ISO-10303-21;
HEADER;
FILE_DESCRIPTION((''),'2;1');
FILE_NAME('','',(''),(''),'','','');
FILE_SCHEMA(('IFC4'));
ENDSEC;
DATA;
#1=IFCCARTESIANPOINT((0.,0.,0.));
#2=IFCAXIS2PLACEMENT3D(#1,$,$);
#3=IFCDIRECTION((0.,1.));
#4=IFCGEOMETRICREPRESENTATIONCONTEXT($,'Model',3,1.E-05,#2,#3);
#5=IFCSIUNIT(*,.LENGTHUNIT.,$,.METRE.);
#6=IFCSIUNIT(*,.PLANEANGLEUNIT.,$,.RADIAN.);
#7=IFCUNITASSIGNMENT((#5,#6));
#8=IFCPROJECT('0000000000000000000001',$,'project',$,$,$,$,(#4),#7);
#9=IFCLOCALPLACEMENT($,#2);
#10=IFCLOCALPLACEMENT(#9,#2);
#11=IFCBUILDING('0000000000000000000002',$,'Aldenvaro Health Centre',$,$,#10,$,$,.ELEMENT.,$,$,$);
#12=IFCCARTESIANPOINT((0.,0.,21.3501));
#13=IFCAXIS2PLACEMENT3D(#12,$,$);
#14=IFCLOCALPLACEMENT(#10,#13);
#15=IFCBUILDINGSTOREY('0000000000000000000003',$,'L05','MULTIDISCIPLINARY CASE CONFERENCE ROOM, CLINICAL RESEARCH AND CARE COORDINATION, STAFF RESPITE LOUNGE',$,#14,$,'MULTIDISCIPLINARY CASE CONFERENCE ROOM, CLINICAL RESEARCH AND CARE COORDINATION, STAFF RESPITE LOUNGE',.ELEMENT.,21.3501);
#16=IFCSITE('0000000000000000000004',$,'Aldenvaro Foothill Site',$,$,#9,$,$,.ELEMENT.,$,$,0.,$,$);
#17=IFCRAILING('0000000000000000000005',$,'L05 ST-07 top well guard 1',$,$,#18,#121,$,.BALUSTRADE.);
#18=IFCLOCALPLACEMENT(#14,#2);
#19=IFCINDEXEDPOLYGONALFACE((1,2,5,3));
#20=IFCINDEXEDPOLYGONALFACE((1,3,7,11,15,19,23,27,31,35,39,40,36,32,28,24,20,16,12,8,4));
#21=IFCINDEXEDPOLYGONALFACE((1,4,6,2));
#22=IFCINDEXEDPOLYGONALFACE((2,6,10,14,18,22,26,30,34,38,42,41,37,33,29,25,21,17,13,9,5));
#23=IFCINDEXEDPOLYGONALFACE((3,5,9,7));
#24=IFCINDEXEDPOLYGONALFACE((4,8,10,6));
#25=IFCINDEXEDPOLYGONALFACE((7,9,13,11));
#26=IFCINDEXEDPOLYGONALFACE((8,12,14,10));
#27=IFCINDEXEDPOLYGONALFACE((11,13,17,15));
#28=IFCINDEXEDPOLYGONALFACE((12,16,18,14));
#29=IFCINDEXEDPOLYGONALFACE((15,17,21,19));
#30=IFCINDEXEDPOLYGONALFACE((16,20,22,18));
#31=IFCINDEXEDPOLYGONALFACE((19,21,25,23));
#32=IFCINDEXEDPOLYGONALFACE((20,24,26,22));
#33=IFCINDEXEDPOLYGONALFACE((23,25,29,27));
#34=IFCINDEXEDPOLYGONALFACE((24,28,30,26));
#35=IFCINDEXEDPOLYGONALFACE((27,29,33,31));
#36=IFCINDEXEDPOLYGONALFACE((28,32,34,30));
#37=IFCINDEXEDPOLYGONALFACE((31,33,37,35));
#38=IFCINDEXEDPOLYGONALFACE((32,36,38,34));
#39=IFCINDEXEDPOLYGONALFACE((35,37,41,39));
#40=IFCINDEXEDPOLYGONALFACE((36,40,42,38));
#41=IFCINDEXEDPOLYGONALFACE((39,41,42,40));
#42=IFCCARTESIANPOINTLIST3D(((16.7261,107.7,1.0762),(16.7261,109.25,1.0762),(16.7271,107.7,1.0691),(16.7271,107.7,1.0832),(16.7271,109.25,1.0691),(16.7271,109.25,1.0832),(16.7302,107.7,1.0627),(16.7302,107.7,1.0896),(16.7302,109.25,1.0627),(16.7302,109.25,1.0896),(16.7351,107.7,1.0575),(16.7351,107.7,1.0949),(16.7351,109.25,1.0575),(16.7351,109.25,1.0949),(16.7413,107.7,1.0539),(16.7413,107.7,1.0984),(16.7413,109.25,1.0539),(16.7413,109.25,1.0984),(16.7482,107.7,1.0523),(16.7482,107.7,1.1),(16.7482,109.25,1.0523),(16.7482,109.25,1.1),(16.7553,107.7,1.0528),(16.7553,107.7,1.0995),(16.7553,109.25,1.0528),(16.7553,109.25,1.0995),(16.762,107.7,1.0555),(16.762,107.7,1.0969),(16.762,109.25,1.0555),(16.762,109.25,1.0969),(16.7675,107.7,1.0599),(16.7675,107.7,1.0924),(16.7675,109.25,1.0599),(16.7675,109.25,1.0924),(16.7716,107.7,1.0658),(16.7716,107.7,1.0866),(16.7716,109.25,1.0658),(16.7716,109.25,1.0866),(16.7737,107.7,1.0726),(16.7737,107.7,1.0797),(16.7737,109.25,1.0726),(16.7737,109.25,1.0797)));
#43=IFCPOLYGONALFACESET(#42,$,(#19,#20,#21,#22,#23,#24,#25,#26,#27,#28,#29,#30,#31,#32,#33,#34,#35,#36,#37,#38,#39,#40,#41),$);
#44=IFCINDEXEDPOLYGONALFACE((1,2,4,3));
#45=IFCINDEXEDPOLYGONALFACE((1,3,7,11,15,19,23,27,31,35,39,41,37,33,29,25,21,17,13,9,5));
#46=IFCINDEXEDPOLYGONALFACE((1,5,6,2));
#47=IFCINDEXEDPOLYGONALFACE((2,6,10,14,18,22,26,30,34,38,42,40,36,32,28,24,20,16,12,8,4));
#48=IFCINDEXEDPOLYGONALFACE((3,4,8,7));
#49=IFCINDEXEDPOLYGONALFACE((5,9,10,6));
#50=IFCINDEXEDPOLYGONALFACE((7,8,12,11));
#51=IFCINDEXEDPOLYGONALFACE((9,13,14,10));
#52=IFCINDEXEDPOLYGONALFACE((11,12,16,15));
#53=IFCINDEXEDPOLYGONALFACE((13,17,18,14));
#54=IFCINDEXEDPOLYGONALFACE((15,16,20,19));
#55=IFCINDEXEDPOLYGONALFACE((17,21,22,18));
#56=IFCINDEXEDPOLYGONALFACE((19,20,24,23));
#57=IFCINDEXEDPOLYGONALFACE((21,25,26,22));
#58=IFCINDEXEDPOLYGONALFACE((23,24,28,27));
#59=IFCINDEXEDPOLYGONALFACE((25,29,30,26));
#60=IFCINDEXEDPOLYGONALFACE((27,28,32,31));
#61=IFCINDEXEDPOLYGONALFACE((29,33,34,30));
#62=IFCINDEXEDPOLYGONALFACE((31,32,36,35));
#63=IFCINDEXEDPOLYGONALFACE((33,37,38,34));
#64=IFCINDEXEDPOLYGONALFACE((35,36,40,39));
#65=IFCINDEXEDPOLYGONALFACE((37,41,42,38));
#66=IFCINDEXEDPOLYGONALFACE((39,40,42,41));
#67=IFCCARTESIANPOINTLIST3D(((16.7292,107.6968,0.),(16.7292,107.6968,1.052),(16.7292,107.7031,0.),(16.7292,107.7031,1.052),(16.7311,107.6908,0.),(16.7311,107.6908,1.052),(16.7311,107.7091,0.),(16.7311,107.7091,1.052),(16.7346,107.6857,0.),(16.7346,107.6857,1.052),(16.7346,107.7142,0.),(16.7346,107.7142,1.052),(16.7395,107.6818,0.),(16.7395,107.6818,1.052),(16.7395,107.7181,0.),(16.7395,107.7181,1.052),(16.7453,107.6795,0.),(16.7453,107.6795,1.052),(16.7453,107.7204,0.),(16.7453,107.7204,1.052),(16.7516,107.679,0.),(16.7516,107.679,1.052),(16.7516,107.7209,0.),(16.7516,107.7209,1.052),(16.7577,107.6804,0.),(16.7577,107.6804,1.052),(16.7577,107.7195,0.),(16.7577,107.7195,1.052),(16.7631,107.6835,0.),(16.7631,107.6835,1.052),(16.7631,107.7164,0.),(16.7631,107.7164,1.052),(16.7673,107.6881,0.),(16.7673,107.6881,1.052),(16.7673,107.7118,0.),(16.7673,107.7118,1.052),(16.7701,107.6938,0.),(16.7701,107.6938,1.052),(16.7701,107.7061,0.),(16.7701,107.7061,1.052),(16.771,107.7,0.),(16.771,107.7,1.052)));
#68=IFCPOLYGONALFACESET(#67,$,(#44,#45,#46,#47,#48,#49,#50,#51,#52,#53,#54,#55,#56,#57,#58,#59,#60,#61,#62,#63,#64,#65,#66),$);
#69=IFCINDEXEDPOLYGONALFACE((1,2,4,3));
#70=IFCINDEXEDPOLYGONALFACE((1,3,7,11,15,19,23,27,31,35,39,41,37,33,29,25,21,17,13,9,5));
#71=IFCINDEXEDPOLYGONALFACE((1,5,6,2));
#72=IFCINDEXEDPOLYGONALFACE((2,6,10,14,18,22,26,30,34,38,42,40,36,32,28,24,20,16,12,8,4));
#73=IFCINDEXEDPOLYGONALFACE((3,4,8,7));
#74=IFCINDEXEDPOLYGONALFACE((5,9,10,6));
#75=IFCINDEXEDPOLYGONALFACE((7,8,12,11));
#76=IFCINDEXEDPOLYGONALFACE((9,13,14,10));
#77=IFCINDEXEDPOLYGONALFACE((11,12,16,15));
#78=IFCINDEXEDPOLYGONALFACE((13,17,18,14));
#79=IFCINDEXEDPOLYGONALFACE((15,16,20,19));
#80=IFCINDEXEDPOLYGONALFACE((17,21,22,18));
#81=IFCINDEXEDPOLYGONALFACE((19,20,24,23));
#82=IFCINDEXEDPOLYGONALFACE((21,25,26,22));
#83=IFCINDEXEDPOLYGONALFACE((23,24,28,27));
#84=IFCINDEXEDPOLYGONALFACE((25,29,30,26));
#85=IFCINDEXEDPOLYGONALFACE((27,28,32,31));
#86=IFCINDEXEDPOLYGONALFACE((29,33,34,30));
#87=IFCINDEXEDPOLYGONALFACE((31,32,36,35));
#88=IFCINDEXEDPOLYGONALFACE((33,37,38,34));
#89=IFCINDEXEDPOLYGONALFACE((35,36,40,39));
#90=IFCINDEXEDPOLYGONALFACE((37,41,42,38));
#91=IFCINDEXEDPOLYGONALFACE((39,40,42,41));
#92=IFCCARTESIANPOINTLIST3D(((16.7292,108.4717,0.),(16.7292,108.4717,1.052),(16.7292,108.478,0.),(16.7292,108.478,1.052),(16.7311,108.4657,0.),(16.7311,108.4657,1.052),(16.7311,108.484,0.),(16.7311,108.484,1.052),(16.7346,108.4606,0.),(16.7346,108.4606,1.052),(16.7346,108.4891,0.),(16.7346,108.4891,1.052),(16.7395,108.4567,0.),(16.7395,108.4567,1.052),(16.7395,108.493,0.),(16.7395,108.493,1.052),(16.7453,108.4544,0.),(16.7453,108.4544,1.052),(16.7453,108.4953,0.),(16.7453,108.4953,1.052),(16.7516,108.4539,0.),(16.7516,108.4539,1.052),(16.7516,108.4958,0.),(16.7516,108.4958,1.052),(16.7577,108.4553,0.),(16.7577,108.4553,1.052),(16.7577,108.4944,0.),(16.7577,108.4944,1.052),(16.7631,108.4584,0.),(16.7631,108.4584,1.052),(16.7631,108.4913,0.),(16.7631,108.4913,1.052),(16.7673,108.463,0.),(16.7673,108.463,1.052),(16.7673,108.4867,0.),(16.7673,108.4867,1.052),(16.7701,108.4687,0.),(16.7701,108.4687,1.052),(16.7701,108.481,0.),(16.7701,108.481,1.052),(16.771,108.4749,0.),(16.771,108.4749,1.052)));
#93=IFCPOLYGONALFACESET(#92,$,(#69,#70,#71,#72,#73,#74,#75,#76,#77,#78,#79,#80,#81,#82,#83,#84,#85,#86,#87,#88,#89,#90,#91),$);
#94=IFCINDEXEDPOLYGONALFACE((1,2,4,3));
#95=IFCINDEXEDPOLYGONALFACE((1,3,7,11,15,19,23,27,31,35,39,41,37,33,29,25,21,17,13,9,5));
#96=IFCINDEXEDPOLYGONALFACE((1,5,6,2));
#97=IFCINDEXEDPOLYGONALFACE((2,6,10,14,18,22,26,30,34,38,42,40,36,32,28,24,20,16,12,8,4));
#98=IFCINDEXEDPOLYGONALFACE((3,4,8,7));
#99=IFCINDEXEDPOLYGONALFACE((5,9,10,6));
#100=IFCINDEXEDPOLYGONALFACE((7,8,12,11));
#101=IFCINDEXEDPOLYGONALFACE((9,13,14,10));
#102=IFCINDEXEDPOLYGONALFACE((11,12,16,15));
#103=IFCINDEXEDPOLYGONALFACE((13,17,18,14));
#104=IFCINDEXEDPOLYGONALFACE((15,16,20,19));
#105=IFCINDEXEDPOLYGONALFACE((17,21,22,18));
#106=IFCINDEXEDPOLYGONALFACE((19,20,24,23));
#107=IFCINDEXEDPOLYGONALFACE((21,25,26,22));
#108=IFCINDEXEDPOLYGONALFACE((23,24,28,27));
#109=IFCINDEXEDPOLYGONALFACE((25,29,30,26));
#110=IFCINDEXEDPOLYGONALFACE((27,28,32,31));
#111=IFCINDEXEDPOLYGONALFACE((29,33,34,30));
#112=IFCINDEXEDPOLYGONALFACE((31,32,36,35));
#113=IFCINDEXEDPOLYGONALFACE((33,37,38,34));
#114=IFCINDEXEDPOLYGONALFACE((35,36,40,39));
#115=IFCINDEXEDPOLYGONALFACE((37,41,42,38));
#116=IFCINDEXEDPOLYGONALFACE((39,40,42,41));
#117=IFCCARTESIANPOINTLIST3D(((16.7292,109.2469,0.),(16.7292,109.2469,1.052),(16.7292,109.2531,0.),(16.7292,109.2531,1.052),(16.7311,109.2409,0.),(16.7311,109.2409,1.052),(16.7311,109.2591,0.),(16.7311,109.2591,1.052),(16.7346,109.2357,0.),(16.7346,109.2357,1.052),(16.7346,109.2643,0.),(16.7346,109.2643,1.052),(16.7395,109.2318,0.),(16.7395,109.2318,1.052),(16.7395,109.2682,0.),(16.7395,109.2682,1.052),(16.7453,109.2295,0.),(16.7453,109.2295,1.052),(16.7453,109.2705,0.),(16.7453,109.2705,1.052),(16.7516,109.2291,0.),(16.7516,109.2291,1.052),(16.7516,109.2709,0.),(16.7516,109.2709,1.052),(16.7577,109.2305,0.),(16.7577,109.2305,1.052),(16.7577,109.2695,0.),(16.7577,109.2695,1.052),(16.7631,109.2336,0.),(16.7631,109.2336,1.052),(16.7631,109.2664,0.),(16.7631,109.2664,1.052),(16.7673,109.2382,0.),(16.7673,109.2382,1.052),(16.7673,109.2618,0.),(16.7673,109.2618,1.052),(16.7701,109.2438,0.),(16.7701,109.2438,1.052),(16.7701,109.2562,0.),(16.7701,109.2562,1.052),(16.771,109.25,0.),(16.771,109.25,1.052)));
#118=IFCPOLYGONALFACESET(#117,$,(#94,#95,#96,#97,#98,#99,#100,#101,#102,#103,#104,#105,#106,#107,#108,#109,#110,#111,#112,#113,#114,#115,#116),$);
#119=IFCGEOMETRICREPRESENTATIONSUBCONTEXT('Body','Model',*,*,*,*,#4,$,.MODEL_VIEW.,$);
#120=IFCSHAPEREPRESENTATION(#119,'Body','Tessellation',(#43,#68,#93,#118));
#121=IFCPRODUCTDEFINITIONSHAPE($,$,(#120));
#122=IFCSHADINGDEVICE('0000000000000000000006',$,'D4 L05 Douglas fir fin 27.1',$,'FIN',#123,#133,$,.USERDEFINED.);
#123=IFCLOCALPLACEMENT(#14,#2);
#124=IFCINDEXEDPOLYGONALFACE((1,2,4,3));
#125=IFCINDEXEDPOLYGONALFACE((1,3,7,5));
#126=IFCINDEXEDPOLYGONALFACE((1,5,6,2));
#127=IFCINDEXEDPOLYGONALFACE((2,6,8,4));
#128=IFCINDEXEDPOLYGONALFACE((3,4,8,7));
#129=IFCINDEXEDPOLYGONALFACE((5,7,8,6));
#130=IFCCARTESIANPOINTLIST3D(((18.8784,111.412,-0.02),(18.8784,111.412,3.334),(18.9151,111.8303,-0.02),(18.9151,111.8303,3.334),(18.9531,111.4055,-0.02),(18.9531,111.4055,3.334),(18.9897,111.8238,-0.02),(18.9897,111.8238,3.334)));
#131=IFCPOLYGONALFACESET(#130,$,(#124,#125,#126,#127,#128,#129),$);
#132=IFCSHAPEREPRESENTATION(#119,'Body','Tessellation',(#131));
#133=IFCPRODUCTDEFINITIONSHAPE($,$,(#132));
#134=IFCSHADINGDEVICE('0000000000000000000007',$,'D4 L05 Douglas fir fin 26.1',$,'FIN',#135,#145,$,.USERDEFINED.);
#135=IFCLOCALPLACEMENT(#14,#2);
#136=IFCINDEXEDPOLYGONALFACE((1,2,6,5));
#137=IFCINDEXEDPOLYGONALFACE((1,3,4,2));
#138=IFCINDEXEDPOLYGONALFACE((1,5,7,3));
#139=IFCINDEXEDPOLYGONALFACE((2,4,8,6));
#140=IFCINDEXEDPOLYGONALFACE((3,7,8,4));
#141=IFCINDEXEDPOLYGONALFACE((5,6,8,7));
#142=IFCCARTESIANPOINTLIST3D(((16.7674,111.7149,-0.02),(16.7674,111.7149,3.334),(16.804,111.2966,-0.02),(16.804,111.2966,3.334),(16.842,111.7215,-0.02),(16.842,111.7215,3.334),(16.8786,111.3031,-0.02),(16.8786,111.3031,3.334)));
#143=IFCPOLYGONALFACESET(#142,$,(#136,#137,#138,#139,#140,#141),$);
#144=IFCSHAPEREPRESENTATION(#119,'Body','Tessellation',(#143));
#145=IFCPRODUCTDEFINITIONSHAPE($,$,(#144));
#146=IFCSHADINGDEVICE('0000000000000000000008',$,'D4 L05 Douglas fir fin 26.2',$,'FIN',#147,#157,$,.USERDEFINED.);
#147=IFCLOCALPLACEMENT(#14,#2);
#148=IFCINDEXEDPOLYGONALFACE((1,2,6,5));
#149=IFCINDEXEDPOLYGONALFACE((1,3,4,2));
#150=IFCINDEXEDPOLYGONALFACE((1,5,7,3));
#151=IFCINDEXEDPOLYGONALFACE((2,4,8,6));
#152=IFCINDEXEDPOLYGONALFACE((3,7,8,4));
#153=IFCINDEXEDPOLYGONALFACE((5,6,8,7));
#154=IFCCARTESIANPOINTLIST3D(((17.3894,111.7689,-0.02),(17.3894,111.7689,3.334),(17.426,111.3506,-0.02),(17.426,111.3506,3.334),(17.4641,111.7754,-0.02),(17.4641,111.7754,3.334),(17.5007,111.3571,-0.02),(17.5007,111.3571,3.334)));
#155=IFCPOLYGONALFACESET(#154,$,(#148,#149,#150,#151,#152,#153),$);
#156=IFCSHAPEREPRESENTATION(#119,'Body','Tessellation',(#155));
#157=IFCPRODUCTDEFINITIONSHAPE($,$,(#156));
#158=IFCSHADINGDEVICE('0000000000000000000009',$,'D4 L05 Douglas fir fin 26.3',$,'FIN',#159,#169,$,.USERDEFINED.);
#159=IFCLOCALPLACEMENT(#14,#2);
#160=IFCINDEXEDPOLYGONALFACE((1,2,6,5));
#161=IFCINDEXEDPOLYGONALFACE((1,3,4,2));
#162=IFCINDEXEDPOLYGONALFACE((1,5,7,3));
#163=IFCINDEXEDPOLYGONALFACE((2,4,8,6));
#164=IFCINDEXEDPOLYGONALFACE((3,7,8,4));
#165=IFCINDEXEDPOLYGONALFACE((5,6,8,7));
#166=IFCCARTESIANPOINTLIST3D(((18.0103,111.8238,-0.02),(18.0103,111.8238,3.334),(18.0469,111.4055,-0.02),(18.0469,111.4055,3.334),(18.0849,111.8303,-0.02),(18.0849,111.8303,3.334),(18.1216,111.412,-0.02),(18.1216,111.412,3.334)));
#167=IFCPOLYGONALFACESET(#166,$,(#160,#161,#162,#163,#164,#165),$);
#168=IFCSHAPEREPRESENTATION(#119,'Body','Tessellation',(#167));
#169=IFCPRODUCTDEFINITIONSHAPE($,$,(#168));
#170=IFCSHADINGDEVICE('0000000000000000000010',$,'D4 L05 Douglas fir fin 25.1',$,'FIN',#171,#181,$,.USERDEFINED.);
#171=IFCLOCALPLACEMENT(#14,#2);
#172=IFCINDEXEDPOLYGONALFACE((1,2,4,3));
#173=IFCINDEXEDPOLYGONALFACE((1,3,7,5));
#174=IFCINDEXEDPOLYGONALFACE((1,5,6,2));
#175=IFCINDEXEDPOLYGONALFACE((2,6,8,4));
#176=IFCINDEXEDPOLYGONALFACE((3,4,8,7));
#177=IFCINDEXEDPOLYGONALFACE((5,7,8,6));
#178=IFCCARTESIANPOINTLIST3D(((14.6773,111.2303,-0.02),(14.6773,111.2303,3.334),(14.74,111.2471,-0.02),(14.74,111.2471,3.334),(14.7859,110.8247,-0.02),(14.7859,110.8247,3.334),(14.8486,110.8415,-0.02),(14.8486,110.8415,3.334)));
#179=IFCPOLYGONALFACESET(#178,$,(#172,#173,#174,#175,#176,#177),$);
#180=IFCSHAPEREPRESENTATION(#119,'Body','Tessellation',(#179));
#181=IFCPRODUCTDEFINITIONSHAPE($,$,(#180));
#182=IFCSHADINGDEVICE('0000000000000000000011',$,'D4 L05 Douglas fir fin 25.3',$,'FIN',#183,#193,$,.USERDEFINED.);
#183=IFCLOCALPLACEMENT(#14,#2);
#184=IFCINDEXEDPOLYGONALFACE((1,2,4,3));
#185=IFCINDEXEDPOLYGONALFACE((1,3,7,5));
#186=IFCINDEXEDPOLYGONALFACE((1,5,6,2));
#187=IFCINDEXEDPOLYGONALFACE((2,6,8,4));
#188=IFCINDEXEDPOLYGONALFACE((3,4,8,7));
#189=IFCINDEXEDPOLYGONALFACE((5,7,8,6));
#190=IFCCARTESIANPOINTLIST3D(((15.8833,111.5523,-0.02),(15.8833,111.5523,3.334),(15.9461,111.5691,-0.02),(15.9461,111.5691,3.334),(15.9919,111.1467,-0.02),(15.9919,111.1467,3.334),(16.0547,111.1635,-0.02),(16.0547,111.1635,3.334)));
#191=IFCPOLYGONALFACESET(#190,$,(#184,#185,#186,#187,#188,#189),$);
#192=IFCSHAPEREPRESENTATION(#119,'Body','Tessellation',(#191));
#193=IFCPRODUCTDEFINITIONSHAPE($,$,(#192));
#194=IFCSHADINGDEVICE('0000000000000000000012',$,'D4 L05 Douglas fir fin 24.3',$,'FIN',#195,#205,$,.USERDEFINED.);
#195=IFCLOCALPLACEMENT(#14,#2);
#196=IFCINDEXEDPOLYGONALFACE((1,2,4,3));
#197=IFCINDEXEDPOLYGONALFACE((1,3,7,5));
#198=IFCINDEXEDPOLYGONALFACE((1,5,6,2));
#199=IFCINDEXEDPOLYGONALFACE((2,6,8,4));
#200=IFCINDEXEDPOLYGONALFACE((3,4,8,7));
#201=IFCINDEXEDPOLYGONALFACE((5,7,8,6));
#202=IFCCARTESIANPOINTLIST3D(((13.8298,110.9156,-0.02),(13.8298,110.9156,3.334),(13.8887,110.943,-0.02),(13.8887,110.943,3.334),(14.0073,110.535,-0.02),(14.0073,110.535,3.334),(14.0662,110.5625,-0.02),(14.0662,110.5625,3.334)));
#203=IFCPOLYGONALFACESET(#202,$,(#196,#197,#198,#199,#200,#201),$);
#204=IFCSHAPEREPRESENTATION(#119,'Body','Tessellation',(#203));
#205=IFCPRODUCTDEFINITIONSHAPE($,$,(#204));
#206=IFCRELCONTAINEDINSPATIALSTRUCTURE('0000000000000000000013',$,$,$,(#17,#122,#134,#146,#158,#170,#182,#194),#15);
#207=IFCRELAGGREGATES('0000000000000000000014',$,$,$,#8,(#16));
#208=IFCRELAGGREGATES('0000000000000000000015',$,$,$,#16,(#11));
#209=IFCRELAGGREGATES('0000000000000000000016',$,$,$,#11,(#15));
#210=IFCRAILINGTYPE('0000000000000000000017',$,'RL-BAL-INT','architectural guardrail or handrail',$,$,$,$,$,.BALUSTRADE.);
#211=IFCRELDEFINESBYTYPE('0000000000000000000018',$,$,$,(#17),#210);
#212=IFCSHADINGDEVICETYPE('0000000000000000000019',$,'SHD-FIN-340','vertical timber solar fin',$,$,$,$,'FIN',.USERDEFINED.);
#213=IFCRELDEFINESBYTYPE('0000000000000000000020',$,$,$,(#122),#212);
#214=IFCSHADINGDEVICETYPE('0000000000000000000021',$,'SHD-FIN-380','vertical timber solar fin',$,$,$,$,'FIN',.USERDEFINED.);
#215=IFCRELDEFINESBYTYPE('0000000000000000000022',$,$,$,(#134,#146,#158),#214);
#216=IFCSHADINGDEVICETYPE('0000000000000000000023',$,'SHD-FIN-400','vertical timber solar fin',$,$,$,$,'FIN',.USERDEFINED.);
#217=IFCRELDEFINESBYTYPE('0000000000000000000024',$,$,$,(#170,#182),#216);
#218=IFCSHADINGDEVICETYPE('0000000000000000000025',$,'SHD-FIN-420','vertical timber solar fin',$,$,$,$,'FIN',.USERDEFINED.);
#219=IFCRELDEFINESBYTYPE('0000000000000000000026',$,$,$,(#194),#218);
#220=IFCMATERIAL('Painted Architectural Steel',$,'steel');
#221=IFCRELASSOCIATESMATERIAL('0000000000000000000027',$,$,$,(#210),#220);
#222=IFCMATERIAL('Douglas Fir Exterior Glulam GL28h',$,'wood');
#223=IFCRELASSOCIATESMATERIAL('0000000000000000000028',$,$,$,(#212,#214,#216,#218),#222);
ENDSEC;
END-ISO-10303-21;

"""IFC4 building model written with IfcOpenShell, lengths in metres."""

from ifc_helpers import new_model, si_unit, direction, frame, origin, origin_2d, place, context, subcontext, project, spatial, rectangle, circle, extrude, material, type_object, element, save


model = new_model("IFC4")

# Units and contexts
model_context = context("Model", 3, precision=1e-05, world=origin(), true_north=direction((0.0, 1.0)))
body_context = subcontext(model_context, "Body", "Model", "MODEL_VIEW")
ifc_project = project(units=[si_unit("LENGTHUNIT", "METRE"), si_unit("PLANEANGLEUNIT", "RADIAN")], contexts=[model_context])

# Site, building, storey
site_placement = place(None, origin())
site = spatial("IfcSite", under=ifc_project, at=site_placement, Name="Aldenvaro Foothill Site", CompositionType="ELEMENT", RefElevation=0.0)
building_placement = place(site_placement, origin())
building = spatial("IfcBuilding", under=site, at=building_placement, Name="Aldenvaro Health Centre", CompositionType="ELEMENT")
storey_placement = place(building_placement, frame((0.0, 0.0, 21.3501)))
storey = spatial("IfcBuildingStorey", under=building, at=storey_placement, Name="L05", Description="MULTIDISCIPLINARY CASE CONFERENCE ROOM, CLINICAL RESEARCH AND CARE COORDINATION, STAFF RESPITE LOUNGE", LongName="MULTIDISCIPLINARY CASE CONFERENCE ROOM, CLINICAL RESEARCH AND CARE COORDINATION, STAFF RESPITE LOUNGE", CompositionType="ELEMENT", Elevation=21.3501)

# Railing
ifc_material_1 = material(Name="Painted Architectural Steel", Category="steel")
railing_type = type_object("IfcRailingType", Name="RL-BAL-INT", Description="architectural guardrail or handrail", PredefinedType="BALUSTRADE", material=ifc_material_1)
railing_placement = place(storey_placement, frame((16.75, 107.7, 0.0)))
element("IfcRailing", 1, at=railing_placement, inside=storey, type_object=railing_type, Name="L05 ST-07 top well guard 1", PredefinedType="BALUSTRADE", context=body_context, shape_type="SweptSolid", body=[
    extrude(circle(Radius=0.0239, at=origin_2d()), frame((0.0, 0.0, 1.0762), z_axis=(0.0, 1.0, 0.0), x_axis=(-1.0, 0.0, 0.0)), (0.0, 0.0, 1.0), 1.55),
    extrude(circle(Radius=0.021, at=origin_2d()), origin(), (0.0, 0.0, 1.0), 1.052),
    extrude(circle(Radius=0.021, at=origin_2d()), frame((0.0, 0.7749, 0.0)), (0.0, 0.0, 1.0), 1.052),
    extrude(circle(Radius=0.021, at=origin_2d()), frame((0.0, 1.55, 0.0)), (0.0, 0.0, 1.0), 1.052),
])

# Shading devices
ifc_material_2 = material(Name="Douglas Fir Exterior Glulam GL28h", Category="wood")
shading_device_type_1 = type_object("IfcShadingDeviceType", Name="SHD-FIN-340", Description="vertical timber solar fin", ElementType="FIN", PredefinedType="USERDEFINED", material=ifc_material_2)
shading_device_1_placement = place(storey_placement, frame((18.9341, 111.6179, -0.02), z_axis=(0.0, 0.0, 1.0), x_axis=(0.996194, -0.087167, 0.0)))
element("IfcShadingDevice", 2, at=shading_device_1_placement, inside=storey, type_object=shading_device_type_1, Name="D4 L05 Douglas fir fin 27.1", ObjectType="FIN", PredefinedType="USERDEFINED", context=body_context, shape_type="SweptSolid", body=[
    extrude(rectangle(XDim=0.075, YDim=0.4199, at=origin_2d()), origin(), (0.0, 0.0, 1.0), 3.354),
])
shading_device_type_2 = type_object("IfcShadingDeviceType", Name="SHD-FIN-380", Description="vertical timber solar fin", ElementType="FIN", PredefinedType="USERDEFINED", material=ifc_material_2)
for number, where, z_axis, x_axis, name in (
    (3, (16.823, 111.509, -0.02), (0.0, 0.0, 1.0), (0.996194, 0.087167, 0.0), "D4 L05 Douglas fir fin 26.1"),
    (4, (17.4451, 111.563, -0.02), (0.0, 0.0, 1.0), (0.996194, 0.087167, 0.0), "D4 L05 Douglas fir fin 26.2"),
    (5, (18.0659, 111.6179, -0.02), (0.0, 0.0, 1.0), (0.996194, 0.087167, 0.0), "D4 L05 Douglas fir fin 26.3"),
):
    element("IfcShadingDevice", number, at=place(storey_placement, frame(where, z_axis=z_axis, x_axis=x_axis)), inside=storey, type_object=shading_device_type_2, Name=name, ObjectType="FIN", PredefinedType="USERDEFINED", context=body_context, shape_type="SweptSolid", body=[
        extrude(rectangle(XDim=0.075, YDim=0.4199, at=origin_2d()), origin(), (0.0, 0.0, 1.0), 3.354),
    ])
shading_device_type_3 = type_object("IfcShadingDeviceType", Name="SHD-FIN-400", Description="vertical timber solar fin", ElementType="FIN", PredefinedType="USERDEFINED", material=ifc_material_2)
for number, where, z_axis, x_axis, name in (
    (6, (14.7629, 111.0359, -0.02), (0.0, 0.0, 1.0), (0.96598, 0.258616, 0.0), "D4 L05 Douglas fir fin 25.1"),
    (7, (15.969, 111.3579, -0.02), (0.0, 0.0, 1.0), (0.96598, 0.258616, 0.0), "D4 L05 Douglas fir fin 25.3"),
):
    element("IfcShadingDevice", number, at=place(storey_placement, frame(where, z_axis=z_axis, x_axis=x_axis)), inside=storey, type_object=shading_device_type_3, Name=name, ObjectType="FIN", PredefinedType="USERDEFINED", context=body_context, shape_type="SweptSolid", body=[
        extrude(rectangle(XDim=0.0649, YDim=0.4199, at=origin_2d()), origin(), (0.0, 0.0, 1.0), 3.354),
    ])
shading_device_type_4 = type_object("IfcShadingDeviceType", Name="SHD-FIN-420", Description="vertical timber solar fin", ElementType="FIN", PredefinedType="USERDEFINED", material=ifc_material_2)
shading_device_2_placement = place(storey_placement, frame((13.948, 110.739, -0.02), z_axis=(0.0, 0.0, 1.0), x_axis=(0.906257, 0.422728, 0.0)))
element("IfcShadingDevice", 8, at=shading_device_2_placement, inside=storey, type_object=shading_device_type_4, Name="D4 L05 Douglas fir fin 24.3", ObjectType="FIN", PredefinedType="USERDEFINED", context=body_context, shape_type="SweptSolid", body=[
    extrude(rectangle(XDim=0.0649, YDim=0.4199, at=origin_2d()), origin(), (0.0, 0.0, 1.0), 3.354),
])

save(model, "model.ifc")
